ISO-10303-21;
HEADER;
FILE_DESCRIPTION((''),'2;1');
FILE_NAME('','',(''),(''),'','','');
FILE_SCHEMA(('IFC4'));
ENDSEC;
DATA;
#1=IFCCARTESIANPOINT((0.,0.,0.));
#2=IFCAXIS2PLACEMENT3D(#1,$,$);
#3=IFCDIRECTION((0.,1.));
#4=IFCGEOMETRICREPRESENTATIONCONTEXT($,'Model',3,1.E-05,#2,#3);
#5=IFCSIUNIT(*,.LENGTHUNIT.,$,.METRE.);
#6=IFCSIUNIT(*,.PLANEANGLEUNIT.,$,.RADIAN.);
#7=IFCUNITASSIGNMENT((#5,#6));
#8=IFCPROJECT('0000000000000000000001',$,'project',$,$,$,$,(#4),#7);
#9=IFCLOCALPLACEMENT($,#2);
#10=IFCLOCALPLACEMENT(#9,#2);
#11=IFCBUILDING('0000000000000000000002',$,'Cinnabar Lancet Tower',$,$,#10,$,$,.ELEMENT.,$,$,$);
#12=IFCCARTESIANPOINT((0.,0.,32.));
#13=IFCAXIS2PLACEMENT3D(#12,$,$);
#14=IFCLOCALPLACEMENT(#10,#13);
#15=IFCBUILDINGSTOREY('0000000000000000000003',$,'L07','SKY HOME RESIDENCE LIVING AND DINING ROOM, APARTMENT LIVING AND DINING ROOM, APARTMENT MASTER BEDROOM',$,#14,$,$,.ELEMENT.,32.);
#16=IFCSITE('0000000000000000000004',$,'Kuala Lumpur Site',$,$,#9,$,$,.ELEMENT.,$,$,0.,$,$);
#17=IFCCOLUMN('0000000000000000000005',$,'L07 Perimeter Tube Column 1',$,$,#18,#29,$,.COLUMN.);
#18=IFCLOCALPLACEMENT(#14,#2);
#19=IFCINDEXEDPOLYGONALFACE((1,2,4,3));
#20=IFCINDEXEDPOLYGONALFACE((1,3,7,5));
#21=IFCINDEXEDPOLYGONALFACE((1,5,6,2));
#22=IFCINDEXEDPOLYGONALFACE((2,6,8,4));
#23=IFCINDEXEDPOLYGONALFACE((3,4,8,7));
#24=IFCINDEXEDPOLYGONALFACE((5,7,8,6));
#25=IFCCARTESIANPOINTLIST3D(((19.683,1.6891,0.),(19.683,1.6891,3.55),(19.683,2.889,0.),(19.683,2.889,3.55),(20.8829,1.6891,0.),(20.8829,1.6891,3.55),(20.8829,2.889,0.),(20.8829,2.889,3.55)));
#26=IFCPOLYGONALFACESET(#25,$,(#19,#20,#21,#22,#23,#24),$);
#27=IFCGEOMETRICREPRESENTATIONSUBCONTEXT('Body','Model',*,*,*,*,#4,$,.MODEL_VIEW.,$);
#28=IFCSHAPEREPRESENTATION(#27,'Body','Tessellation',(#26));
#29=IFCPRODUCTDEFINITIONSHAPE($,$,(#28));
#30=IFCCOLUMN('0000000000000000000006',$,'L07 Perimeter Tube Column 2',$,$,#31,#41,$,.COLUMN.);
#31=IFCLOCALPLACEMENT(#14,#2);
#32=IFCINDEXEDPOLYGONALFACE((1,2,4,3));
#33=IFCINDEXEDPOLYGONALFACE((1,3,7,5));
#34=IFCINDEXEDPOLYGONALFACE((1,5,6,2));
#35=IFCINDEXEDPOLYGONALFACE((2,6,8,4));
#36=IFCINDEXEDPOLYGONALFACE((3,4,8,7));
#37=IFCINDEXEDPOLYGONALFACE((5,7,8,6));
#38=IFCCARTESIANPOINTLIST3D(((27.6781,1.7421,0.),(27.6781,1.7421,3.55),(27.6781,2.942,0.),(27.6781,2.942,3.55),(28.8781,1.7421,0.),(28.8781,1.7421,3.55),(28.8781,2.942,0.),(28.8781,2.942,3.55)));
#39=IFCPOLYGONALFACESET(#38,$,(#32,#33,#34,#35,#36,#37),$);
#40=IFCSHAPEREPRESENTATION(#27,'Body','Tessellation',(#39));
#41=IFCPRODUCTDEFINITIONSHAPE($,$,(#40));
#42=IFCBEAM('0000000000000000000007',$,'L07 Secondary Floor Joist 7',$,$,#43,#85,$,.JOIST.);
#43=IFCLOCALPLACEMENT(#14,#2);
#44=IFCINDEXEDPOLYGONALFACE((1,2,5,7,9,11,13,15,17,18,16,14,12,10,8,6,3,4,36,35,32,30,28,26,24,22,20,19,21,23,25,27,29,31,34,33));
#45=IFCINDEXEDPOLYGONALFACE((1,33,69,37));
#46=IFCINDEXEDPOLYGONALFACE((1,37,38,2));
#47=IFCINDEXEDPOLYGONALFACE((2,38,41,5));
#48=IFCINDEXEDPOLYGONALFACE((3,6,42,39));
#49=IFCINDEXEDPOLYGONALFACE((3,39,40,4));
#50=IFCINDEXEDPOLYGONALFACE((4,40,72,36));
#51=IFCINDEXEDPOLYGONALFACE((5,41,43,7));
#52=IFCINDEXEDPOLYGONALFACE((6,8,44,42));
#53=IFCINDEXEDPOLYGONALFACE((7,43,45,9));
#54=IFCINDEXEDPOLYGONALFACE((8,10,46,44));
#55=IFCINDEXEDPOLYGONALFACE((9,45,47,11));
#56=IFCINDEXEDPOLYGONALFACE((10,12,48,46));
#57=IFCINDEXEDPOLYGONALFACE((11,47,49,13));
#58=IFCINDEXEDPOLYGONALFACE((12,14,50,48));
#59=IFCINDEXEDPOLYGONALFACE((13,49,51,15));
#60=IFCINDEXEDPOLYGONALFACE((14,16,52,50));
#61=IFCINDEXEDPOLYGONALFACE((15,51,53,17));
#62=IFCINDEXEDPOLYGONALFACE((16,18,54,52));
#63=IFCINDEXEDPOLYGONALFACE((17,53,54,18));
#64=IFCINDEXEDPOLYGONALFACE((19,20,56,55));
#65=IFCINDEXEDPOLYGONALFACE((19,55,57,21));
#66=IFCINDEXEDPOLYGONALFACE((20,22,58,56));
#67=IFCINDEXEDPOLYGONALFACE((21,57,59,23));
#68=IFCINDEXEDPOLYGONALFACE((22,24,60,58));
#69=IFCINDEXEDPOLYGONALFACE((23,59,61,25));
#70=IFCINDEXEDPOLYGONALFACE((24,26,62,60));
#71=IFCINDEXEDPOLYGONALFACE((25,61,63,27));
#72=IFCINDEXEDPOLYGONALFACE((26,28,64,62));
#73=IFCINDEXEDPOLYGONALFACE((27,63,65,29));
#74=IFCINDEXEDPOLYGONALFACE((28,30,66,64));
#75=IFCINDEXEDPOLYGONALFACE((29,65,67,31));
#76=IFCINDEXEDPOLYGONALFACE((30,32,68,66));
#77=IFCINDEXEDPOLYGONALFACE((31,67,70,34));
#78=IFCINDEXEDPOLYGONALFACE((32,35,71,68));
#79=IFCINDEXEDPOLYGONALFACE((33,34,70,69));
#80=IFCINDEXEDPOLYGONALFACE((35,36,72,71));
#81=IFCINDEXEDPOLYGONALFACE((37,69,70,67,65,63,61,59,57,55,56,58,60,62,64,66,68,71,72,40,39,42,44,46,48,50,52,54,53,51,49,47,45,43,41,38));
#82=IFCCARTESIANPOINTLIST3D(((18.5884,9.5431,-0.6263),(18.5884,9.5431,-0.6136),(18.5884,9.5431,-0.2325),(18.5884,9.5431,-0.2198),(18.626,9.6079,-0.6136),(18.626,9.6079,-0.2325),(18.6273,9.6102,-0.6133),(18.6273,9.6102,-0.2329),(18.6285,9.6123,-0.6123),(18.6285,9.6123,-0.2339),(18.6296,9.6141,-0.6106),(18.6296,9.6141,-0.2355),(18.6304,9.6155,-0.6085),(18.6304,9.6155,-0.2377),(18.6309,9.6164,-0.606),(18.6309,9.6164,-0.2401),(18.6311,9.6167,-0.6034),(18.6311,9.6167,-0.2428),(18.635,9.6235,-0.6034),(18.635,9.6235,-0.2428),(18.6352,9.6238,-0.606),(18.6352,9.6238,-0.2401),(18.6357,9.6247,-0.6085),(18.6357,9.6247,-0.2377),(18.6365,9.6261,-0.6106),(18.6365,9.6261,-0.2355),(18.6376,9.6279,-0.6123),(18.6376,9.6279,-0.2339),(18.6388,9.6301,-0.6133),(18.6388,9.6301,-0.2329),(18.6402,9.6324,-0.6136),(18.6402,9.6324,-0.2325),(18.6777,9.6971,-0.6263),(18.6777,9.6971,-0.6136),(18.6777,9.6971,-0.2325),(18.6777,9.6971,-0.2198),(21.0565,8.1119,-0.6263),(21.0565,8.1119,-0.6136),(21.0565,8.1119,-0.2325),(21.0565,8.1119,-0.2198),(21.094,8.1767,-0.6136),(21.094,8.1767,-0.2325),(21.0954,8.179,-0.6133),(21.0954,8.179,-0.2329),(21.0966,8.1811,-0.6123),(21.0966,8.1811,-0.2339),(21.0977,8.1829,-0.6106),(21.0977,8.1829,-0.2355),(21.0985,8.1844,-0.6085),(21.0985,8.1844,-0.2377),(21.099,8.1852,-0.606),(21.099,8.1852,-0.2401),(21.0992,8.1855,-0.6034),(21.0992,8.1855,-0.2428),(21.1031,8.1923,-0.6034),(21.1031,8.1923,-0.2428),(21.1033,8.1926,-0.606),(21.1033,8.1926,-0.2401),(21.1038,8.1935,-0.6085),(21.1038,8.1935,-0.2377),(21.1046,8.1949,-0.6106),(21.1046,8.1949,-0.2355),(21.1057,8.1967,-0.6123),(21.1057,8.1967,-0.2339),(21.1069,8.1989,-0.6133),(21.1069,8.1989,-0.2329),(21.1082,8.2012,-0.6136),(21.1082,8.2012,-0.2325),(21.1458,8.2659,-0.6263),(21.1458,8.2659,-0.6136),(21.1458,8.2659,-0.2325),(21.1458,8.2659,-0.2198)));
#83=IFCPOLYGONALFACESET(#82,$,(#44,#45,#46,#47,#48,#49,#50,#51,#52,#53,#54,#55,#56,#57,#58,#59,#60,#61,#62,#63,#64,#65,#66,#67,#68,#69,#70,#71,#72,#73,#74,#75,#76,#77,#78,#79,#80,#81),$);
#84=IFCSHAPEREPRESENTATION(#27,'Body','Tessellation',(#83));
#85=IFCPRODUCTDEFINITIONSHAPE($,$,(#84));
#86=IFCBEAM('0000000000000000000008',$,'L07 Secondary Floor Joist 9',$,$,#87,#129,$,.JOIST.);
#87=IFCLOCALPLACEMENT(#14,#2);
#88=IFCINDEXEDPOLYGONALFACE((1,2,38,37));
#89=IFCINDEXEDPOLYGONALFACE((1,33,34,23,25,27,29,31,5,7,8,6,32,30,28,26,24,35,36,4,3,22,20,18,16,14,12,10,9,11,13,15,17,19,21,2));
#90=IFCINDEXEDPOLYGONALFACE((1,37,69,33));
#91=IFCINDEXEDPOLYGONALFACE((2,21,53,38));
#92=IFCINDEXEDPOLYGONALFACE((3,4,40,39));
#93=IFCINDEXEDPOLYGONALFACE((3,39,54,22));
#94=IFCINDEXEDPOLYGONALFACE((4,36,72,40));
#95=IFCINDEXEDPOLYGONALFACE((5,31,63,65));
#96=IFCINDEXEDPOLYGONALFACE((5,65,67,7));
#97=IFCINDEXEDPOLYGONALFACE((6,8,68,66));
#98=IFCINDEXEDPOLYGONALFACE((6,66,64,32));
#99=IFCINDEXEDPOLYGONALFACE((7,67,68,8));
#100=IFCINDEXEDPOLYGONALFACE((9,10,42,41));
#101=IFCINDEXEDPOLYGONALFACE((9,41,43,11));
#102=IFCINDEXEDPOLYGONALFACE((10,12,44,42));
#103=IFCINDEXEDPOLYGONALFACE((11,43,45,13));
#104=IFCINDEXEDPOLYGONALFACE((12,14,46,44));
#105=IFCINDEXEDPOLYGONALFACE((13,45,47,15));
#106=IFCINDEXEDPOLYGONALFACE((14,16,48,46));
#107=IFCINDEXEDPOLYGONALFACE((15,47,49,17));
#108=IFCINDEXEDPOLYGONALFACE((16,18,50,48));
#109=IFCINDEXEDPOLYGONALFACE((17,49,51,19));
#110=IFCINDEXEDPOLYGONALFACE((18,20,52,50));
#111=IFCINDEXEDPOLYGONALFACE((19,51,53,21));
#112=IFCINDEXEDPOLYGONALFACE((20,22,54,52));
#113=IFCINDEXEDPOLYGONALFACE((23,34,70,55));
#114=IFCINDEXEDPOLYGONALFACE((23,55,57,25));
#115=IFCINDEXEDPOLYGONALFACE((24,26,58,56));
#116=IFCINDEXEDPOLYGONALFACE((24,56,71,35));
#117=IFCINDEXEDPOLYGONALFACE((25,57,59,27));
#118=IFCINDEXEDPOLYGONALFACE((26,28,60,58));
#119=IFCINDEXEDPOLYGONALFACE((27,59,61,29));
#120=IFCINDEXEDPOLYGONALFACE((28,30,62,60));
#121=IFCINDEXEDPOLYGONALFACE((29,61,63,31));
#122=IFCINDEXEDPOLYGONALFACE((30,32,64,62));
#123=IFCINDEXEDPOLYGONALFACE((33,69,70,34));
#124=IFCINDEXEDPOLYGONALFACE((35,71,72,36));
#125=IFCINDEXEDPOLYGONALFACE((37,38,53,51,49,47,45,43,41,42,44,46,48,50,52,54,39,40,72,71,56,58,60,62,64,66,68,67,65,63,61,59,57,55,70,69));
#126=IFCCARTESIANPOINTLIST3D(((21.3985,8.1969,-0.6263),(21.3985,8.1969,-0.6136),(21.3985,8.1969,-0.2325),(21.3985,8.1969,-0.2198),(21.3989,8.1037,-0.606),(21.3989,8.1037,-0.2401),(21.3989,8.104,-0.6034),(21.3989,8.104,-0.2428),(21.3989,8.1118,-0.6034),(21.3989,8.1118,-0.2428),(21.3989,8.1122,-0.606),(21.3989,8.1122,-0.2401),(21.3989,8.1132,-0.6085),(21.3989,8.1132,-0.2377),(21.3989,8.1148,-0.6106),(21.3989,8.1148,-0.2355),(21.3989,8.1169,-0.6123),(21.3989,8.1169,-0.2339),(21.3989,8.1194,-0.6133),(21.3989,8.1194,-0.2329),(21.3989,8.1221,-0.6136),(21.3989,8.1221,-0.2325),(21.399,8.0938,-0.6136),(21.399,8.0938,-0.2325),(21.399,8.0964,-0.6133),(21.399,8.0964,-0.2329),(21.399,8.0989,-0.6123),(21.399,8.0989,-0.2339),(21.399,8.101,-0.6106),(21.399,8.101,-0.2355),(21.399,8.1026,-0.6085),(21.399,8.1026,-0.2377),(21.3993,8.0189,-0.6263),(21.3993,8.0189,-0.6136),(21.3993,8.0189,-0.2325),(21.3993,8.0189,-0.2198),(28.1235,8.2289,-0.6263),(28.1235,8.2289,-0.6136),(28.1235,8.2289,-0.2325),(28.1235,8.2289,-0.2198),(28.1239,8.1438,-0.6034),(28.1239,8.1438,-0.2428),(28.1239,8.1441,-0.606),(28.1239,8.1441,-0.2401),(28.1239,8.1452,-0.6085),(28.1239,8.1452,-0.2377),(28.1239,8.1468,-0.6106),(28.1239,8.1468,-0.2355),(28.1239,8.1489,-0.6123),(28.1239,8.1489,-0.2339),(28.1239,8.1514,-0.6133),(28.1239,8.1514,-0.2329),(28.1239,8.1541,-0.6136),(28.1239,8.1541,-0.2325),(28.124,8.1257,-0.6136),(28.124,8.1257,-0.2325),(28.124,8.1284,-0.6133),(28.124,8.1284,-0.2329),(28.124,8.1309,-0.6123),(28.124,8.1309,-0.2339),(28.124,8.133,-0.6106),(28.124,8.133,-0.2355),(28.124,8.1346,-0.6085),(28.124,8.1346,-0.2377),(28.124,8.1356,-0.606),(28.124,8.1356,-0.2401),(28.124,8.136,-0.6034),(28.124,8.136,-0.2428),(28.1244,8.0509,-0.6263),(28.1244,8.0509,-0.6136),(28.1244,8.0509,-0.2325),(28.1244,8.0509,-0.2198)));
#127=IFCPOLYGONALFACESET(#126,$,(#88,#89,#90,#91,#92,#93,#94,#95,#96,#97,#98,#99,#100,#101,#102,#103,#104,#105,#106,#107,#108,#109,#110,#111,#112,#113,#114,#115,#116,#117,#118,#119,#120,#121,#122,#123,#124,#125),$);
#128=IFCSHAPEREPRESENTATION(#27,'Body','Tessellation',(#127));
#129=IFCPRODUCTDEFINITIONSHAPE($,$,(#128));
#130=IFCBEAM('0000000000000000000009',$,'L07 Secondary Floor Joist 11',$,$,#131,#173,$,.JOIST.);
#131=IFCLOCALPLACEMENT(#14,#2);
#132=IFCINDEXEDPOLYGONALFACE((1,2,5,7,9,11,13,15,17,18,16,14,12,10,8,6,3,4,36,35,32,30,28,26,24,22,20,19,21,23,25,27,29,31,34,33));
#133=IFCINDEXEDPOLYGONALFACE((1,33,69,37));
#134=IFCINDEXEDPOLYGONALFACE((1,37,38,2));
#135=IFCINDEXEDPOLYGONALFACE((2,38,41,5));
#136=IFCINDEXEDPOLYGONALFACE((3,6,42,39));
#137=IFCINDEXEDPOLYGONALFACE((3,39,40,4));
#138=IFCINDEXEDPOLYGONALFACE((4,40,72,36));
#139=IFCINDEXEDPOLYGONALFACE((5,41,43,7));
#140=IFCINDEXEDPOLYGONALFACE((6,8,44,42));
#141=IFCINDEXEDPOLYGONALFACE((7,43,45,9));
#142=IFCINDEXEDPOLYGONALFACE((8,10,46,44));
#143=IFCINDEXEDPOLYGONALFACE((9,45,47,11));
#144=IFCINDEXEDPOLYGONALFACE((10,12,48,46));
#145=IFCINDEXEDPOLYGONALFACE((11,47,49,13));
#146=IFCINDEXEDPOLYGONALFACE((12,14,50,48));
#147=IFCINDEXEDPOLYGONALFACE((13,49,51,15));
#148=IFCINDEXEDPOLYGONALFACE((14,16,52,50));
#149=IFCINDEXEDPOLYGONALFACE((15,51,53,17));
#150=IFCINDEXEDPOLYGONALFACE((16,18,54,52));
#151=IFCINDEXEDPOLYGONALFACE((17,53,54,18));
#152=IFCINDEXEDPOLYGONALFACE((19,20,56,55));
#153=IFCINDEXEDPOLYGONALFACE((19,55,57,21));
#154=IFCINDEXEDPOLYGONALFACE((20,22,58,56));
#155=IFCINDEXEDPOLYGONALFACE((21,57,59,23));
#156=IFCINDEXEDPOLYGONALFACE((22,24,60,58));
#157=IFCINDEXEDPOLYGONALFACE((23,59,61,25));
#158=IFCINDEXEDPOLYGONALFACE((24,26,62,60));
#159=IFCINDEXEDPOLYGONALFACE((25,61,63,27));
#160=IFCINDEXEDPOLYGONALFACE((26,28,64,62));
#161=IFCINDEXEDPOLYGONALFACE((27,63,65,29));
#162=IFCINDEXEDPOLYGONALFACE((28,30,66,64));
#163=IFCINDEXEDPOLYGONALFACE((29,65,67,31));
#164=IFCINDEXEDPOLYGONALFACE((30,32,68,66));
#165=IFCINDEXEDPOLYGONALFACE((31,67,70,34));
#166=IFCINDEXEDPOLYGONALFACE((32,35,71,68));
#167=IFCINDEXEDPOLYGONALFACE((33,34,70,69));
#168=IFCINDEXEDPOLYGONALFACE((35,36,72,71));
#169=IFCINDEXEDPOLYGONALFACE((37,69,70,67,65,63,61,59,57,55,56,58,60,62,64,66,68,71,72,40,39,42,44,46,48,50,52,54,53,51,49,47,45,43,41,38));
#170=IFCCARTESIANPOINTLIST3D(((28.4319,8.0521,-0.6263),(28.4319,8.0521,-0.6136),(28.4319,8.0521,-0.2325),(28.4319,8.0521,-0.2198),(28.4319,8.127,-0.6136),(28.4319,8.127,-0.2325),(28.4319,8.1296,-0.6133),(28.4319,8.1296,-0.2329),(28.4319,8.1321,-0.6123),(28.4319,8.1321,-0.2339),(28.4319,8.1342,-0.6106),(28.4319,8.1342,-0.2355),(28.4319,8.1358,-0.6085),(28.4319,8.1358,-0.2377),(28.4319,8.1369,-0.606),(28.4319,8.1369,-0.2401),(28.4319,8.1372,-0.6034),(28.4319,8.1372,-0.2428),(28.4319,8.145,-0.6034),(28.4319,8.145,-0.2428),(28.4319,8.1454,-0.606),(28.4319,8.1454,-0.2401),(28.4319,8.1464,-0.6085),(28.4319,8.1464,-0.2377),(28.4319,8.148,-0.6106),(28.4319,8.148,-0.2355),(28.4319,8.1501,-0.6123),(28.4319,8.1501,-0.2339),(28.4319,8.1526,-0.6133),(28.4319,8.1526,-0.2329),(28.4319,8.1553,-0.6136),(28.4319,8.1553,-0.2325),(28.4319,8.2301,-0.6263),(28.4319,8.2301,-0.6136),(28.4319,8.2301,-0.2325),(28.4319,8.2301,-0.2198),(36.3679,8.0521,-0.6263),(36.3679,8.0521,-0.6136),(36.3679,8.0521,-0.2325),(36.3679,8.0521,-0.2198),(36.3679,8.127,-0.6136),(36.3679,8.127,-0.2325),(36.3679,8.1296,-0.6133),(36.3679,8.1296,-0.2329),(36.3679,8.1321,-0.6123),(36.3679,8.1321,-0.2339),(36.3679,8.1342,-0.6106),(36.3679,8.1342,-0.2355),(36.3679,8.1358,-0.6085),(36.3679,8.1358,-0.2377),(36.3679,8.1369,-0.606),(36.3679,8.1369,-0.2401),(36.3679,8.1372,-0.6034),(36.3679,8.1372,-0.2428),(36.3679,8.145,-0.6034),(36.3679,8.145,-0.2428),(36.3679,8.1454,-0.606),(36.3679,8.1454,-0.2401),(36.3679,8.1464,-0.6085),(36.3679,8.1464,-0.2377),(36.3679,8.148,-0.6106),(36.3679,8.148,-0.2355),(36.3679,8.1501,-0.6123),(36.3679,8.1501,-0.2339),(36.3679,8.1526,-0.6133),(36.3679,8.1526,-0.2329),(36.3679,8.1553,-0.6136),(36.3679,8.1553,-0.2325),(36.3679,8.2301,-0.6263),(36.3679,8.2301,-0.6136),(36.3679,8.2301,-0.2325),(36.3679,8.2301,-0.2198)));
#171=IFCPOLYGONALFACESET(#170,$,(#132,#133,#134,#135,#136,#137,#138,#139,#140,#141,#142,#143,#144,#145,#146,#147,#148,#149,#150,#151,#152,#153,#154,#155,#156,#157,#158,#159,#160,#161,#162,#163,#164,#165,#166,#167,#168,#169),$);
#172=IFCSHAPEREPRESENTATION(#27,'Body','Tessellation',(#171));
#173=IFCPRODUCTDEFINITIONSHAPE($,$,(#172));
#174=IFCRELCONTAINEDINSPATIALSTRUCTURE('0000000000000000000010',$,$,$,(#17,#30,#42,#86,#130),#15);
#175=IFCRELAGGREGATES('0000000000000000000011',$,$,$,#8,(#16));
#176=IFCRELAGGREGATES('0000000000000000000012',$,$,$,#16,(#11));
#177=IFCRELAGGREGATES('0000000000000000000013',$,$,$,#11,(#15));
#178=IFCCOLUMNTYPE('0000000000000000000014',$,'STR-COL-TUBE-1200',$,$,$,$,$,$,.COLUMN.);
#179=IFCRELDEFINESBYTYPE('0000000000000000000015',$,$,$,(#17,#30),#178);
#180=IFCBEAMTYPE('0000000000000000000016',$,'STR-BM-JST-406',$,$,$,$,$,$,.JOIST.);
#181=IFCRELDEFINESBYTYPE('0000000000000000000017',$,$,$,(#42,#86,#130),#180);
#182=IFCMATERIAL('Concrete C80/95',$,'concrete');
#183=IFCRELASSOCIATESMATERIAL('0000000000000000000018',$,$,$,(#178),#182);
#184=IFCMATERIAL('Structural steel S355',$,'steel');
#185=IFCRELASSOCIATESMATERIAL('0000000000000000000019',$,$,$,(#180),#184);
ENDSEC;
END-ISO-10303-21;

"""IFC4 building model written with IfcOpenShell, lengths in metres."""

from ifc_helpers import new_model, si_unit, direction, frame, origin, origin_2d, place, context, subcontext, project, spatial, rectangle, i_section, extrude, material, material_profile, profile_set, type_object, element, save


model = new_model("IFC4")

# Units and contexts
model_context = context("Model", 3, precision=1e-05, world=origin(), true_north=direction((0.0, 1.0)))
body_context = subcontext(model_context, "Body", "Model", "MODEL_VIEW")
ifc_project = project(units=[si_unit("LENGTHUNIT", "METRE"), si_unit("PLANEANGLEUNIT", "RADIAN")], contexts=[model_context])

# Site, building, storey
site_placement = place(None, origin())
site = spatial("IfcSite", under=ifc_project, at=site_placement, Name="Kuala Lumpur Site", CompositionType="ELEMENT", RefElevation=0.0)
building_placement = place(site_placement, origin())
building = spatial("IfcBuilding", under=site, at=building_placement, Name="Cinnabar Lancet Tower", CompositionType="ELEMENT")
storey_placement = place(building_placement, frame((0.0, 0.0, 32.0)))
storey = spatial("IfcBuildingStorey", under=building, at=storey_placement, Name="L07", Description="SKY HOME RESIDENCE LIVING AND DINING ROOM, APARTMENT LIVING AND DINING ROOM, APARTMENT MASTER BEDROOM", CompositionType="ELEMENT", Elevation=32.0)

# Columns
ifc_material_1 = material(Name="Concrete C80/95", Category="concrete")
ifc_material_profile_1 = material_profile(ifc_material_1, rectangle(XDim=1.2, YDim=1.2, at=origin_2d()), Name="RC-COL 1200x1200")
ifc_profile_set_1 = profile_set([ifc_material_profile_1], Name="Concrete C80/95")
column_type = type_object("IfcColumnType", Name="STR-COL-TUBE-1200", PredefinedType="COLUMN", material=ifc_profile_set_1)
for number, where, z_axis, x_axis, name in (
    (1, (20.283, 2.2891, 0.0), (0.0, 0.0, 1.0), (1.0, 0.0, 0.0), "L07 Perimeter Tube Column 1"),
    (2, (28.2781, 2.342, 0.0), (0.0, 0.0, 1.0), (1.0, 0.0, 0.0), "L07 Perimeter Tube Column 2"),
):
    element("IfcColumn", number, at=place(storey_placement, frame(where, z_axis=z_axis, x_axis=x_axis)), inside=storey, type_object=column_type, Name=name, PredefinedType="COLUMN", context=body_context, shape_type="SweptSolid", body=[
        extrude(rectangle(XDim=1.2, YDim=1.2, at=origin_2d()), origin(), (0.0, 0.0, 1.0), 3.55),
    ])

# Beams
ifc_material_2 = material(Name="Structural steel S355", Category="steel")
ifc_material_profile_2 = material_profile(ifc_material_2, i_section(OverallWidth=0.178, OverallDepth=0.4065, WebThickness=0.0078, FlangeThickness=0.0127, FilletRadius=0.0103, at=origin_2d()), Name="UKB 406x178x60")
ifc_profile_set_2 = profile_set([ifc_material_profile_2], Name="Structural steel S355")
beam_type_1 = type_object("IfcBeamType", Name="STR-BM-JST-406", PredefinedType="JOIST", material=ifc_profile_set_2)
beam_1_placement = place(storey_placement, frame((18.6331, 9.6201, -0.4231), z_axis=(0.865076, -0.50164, 0.0), x_axis=(0.50164, 0.865076, 0.0)))
element("IfcBeam", 3, at=beam_1_placement, inside=storey, type_object=beam_type_1, Name="L07 Secondary Floor Joist 7", PredefinedType="JOIST", context=body_context, shape_type="SweptSolid", body=[
    extrude(i_section(OverallWidth=0.178, OverallDepth=0.4065, WebThickness=0.0078, FlangeThickness=0.0127, FilletRadius=0.0103, at=origin_2d()), origin(), (0.0, 0.0, 1.0), 2.853),
])
beam_2_placement = place(storey_placement, frame((21.3989, 8.1079, -0.4231), z_axis=(0.999989, 0.004756, 0.0), x_axis=(-0.004756, 0.999989, 0.0)))
element("IfcBeam", 4, at=beam_2_placement, inside=storey, type_object=beam_type_1, Name="L07 Secondary Floor Joist 9", PredefinedType="JOIST", context=body_context, shape_type="SweptSolid", body=[
    extrude(i_section(OverallWidth=0.178, OverallDepth=0.4065, WebThickness=0.0078, FlangeThickness=0.0127, FilletRadius=0.0103, at=origin_2d()), origin(), (0.0, 0.0, 1.0), 6.7251),
])
beam_3_placement = place(storey_placement, frame((28.4319, 8.1411, -0.4231), z_axis=(1.0, 0.0, 0.0), x_axis=(0.0, 1.0, 0.0)))
element("IfcBeam", 5, at=beam_3_placement, inside=storey, type_object=beam_type_1, Name="L07 Secondary Floor Joist 11", PredefinedType="JOIST", context=body_context, shape_type="SweptSolid", body=[
    extrude(i_section(OverallWidth=0.178, OverallDepth=0.4065, WebThickness=0.0078, FlangeThickness=0.0127, FilletRadius=0.0103, at=origin_2d()), origin(), (0.0, 0.0, 1.0), 7.936),
])

save(model, "model.ifc")
